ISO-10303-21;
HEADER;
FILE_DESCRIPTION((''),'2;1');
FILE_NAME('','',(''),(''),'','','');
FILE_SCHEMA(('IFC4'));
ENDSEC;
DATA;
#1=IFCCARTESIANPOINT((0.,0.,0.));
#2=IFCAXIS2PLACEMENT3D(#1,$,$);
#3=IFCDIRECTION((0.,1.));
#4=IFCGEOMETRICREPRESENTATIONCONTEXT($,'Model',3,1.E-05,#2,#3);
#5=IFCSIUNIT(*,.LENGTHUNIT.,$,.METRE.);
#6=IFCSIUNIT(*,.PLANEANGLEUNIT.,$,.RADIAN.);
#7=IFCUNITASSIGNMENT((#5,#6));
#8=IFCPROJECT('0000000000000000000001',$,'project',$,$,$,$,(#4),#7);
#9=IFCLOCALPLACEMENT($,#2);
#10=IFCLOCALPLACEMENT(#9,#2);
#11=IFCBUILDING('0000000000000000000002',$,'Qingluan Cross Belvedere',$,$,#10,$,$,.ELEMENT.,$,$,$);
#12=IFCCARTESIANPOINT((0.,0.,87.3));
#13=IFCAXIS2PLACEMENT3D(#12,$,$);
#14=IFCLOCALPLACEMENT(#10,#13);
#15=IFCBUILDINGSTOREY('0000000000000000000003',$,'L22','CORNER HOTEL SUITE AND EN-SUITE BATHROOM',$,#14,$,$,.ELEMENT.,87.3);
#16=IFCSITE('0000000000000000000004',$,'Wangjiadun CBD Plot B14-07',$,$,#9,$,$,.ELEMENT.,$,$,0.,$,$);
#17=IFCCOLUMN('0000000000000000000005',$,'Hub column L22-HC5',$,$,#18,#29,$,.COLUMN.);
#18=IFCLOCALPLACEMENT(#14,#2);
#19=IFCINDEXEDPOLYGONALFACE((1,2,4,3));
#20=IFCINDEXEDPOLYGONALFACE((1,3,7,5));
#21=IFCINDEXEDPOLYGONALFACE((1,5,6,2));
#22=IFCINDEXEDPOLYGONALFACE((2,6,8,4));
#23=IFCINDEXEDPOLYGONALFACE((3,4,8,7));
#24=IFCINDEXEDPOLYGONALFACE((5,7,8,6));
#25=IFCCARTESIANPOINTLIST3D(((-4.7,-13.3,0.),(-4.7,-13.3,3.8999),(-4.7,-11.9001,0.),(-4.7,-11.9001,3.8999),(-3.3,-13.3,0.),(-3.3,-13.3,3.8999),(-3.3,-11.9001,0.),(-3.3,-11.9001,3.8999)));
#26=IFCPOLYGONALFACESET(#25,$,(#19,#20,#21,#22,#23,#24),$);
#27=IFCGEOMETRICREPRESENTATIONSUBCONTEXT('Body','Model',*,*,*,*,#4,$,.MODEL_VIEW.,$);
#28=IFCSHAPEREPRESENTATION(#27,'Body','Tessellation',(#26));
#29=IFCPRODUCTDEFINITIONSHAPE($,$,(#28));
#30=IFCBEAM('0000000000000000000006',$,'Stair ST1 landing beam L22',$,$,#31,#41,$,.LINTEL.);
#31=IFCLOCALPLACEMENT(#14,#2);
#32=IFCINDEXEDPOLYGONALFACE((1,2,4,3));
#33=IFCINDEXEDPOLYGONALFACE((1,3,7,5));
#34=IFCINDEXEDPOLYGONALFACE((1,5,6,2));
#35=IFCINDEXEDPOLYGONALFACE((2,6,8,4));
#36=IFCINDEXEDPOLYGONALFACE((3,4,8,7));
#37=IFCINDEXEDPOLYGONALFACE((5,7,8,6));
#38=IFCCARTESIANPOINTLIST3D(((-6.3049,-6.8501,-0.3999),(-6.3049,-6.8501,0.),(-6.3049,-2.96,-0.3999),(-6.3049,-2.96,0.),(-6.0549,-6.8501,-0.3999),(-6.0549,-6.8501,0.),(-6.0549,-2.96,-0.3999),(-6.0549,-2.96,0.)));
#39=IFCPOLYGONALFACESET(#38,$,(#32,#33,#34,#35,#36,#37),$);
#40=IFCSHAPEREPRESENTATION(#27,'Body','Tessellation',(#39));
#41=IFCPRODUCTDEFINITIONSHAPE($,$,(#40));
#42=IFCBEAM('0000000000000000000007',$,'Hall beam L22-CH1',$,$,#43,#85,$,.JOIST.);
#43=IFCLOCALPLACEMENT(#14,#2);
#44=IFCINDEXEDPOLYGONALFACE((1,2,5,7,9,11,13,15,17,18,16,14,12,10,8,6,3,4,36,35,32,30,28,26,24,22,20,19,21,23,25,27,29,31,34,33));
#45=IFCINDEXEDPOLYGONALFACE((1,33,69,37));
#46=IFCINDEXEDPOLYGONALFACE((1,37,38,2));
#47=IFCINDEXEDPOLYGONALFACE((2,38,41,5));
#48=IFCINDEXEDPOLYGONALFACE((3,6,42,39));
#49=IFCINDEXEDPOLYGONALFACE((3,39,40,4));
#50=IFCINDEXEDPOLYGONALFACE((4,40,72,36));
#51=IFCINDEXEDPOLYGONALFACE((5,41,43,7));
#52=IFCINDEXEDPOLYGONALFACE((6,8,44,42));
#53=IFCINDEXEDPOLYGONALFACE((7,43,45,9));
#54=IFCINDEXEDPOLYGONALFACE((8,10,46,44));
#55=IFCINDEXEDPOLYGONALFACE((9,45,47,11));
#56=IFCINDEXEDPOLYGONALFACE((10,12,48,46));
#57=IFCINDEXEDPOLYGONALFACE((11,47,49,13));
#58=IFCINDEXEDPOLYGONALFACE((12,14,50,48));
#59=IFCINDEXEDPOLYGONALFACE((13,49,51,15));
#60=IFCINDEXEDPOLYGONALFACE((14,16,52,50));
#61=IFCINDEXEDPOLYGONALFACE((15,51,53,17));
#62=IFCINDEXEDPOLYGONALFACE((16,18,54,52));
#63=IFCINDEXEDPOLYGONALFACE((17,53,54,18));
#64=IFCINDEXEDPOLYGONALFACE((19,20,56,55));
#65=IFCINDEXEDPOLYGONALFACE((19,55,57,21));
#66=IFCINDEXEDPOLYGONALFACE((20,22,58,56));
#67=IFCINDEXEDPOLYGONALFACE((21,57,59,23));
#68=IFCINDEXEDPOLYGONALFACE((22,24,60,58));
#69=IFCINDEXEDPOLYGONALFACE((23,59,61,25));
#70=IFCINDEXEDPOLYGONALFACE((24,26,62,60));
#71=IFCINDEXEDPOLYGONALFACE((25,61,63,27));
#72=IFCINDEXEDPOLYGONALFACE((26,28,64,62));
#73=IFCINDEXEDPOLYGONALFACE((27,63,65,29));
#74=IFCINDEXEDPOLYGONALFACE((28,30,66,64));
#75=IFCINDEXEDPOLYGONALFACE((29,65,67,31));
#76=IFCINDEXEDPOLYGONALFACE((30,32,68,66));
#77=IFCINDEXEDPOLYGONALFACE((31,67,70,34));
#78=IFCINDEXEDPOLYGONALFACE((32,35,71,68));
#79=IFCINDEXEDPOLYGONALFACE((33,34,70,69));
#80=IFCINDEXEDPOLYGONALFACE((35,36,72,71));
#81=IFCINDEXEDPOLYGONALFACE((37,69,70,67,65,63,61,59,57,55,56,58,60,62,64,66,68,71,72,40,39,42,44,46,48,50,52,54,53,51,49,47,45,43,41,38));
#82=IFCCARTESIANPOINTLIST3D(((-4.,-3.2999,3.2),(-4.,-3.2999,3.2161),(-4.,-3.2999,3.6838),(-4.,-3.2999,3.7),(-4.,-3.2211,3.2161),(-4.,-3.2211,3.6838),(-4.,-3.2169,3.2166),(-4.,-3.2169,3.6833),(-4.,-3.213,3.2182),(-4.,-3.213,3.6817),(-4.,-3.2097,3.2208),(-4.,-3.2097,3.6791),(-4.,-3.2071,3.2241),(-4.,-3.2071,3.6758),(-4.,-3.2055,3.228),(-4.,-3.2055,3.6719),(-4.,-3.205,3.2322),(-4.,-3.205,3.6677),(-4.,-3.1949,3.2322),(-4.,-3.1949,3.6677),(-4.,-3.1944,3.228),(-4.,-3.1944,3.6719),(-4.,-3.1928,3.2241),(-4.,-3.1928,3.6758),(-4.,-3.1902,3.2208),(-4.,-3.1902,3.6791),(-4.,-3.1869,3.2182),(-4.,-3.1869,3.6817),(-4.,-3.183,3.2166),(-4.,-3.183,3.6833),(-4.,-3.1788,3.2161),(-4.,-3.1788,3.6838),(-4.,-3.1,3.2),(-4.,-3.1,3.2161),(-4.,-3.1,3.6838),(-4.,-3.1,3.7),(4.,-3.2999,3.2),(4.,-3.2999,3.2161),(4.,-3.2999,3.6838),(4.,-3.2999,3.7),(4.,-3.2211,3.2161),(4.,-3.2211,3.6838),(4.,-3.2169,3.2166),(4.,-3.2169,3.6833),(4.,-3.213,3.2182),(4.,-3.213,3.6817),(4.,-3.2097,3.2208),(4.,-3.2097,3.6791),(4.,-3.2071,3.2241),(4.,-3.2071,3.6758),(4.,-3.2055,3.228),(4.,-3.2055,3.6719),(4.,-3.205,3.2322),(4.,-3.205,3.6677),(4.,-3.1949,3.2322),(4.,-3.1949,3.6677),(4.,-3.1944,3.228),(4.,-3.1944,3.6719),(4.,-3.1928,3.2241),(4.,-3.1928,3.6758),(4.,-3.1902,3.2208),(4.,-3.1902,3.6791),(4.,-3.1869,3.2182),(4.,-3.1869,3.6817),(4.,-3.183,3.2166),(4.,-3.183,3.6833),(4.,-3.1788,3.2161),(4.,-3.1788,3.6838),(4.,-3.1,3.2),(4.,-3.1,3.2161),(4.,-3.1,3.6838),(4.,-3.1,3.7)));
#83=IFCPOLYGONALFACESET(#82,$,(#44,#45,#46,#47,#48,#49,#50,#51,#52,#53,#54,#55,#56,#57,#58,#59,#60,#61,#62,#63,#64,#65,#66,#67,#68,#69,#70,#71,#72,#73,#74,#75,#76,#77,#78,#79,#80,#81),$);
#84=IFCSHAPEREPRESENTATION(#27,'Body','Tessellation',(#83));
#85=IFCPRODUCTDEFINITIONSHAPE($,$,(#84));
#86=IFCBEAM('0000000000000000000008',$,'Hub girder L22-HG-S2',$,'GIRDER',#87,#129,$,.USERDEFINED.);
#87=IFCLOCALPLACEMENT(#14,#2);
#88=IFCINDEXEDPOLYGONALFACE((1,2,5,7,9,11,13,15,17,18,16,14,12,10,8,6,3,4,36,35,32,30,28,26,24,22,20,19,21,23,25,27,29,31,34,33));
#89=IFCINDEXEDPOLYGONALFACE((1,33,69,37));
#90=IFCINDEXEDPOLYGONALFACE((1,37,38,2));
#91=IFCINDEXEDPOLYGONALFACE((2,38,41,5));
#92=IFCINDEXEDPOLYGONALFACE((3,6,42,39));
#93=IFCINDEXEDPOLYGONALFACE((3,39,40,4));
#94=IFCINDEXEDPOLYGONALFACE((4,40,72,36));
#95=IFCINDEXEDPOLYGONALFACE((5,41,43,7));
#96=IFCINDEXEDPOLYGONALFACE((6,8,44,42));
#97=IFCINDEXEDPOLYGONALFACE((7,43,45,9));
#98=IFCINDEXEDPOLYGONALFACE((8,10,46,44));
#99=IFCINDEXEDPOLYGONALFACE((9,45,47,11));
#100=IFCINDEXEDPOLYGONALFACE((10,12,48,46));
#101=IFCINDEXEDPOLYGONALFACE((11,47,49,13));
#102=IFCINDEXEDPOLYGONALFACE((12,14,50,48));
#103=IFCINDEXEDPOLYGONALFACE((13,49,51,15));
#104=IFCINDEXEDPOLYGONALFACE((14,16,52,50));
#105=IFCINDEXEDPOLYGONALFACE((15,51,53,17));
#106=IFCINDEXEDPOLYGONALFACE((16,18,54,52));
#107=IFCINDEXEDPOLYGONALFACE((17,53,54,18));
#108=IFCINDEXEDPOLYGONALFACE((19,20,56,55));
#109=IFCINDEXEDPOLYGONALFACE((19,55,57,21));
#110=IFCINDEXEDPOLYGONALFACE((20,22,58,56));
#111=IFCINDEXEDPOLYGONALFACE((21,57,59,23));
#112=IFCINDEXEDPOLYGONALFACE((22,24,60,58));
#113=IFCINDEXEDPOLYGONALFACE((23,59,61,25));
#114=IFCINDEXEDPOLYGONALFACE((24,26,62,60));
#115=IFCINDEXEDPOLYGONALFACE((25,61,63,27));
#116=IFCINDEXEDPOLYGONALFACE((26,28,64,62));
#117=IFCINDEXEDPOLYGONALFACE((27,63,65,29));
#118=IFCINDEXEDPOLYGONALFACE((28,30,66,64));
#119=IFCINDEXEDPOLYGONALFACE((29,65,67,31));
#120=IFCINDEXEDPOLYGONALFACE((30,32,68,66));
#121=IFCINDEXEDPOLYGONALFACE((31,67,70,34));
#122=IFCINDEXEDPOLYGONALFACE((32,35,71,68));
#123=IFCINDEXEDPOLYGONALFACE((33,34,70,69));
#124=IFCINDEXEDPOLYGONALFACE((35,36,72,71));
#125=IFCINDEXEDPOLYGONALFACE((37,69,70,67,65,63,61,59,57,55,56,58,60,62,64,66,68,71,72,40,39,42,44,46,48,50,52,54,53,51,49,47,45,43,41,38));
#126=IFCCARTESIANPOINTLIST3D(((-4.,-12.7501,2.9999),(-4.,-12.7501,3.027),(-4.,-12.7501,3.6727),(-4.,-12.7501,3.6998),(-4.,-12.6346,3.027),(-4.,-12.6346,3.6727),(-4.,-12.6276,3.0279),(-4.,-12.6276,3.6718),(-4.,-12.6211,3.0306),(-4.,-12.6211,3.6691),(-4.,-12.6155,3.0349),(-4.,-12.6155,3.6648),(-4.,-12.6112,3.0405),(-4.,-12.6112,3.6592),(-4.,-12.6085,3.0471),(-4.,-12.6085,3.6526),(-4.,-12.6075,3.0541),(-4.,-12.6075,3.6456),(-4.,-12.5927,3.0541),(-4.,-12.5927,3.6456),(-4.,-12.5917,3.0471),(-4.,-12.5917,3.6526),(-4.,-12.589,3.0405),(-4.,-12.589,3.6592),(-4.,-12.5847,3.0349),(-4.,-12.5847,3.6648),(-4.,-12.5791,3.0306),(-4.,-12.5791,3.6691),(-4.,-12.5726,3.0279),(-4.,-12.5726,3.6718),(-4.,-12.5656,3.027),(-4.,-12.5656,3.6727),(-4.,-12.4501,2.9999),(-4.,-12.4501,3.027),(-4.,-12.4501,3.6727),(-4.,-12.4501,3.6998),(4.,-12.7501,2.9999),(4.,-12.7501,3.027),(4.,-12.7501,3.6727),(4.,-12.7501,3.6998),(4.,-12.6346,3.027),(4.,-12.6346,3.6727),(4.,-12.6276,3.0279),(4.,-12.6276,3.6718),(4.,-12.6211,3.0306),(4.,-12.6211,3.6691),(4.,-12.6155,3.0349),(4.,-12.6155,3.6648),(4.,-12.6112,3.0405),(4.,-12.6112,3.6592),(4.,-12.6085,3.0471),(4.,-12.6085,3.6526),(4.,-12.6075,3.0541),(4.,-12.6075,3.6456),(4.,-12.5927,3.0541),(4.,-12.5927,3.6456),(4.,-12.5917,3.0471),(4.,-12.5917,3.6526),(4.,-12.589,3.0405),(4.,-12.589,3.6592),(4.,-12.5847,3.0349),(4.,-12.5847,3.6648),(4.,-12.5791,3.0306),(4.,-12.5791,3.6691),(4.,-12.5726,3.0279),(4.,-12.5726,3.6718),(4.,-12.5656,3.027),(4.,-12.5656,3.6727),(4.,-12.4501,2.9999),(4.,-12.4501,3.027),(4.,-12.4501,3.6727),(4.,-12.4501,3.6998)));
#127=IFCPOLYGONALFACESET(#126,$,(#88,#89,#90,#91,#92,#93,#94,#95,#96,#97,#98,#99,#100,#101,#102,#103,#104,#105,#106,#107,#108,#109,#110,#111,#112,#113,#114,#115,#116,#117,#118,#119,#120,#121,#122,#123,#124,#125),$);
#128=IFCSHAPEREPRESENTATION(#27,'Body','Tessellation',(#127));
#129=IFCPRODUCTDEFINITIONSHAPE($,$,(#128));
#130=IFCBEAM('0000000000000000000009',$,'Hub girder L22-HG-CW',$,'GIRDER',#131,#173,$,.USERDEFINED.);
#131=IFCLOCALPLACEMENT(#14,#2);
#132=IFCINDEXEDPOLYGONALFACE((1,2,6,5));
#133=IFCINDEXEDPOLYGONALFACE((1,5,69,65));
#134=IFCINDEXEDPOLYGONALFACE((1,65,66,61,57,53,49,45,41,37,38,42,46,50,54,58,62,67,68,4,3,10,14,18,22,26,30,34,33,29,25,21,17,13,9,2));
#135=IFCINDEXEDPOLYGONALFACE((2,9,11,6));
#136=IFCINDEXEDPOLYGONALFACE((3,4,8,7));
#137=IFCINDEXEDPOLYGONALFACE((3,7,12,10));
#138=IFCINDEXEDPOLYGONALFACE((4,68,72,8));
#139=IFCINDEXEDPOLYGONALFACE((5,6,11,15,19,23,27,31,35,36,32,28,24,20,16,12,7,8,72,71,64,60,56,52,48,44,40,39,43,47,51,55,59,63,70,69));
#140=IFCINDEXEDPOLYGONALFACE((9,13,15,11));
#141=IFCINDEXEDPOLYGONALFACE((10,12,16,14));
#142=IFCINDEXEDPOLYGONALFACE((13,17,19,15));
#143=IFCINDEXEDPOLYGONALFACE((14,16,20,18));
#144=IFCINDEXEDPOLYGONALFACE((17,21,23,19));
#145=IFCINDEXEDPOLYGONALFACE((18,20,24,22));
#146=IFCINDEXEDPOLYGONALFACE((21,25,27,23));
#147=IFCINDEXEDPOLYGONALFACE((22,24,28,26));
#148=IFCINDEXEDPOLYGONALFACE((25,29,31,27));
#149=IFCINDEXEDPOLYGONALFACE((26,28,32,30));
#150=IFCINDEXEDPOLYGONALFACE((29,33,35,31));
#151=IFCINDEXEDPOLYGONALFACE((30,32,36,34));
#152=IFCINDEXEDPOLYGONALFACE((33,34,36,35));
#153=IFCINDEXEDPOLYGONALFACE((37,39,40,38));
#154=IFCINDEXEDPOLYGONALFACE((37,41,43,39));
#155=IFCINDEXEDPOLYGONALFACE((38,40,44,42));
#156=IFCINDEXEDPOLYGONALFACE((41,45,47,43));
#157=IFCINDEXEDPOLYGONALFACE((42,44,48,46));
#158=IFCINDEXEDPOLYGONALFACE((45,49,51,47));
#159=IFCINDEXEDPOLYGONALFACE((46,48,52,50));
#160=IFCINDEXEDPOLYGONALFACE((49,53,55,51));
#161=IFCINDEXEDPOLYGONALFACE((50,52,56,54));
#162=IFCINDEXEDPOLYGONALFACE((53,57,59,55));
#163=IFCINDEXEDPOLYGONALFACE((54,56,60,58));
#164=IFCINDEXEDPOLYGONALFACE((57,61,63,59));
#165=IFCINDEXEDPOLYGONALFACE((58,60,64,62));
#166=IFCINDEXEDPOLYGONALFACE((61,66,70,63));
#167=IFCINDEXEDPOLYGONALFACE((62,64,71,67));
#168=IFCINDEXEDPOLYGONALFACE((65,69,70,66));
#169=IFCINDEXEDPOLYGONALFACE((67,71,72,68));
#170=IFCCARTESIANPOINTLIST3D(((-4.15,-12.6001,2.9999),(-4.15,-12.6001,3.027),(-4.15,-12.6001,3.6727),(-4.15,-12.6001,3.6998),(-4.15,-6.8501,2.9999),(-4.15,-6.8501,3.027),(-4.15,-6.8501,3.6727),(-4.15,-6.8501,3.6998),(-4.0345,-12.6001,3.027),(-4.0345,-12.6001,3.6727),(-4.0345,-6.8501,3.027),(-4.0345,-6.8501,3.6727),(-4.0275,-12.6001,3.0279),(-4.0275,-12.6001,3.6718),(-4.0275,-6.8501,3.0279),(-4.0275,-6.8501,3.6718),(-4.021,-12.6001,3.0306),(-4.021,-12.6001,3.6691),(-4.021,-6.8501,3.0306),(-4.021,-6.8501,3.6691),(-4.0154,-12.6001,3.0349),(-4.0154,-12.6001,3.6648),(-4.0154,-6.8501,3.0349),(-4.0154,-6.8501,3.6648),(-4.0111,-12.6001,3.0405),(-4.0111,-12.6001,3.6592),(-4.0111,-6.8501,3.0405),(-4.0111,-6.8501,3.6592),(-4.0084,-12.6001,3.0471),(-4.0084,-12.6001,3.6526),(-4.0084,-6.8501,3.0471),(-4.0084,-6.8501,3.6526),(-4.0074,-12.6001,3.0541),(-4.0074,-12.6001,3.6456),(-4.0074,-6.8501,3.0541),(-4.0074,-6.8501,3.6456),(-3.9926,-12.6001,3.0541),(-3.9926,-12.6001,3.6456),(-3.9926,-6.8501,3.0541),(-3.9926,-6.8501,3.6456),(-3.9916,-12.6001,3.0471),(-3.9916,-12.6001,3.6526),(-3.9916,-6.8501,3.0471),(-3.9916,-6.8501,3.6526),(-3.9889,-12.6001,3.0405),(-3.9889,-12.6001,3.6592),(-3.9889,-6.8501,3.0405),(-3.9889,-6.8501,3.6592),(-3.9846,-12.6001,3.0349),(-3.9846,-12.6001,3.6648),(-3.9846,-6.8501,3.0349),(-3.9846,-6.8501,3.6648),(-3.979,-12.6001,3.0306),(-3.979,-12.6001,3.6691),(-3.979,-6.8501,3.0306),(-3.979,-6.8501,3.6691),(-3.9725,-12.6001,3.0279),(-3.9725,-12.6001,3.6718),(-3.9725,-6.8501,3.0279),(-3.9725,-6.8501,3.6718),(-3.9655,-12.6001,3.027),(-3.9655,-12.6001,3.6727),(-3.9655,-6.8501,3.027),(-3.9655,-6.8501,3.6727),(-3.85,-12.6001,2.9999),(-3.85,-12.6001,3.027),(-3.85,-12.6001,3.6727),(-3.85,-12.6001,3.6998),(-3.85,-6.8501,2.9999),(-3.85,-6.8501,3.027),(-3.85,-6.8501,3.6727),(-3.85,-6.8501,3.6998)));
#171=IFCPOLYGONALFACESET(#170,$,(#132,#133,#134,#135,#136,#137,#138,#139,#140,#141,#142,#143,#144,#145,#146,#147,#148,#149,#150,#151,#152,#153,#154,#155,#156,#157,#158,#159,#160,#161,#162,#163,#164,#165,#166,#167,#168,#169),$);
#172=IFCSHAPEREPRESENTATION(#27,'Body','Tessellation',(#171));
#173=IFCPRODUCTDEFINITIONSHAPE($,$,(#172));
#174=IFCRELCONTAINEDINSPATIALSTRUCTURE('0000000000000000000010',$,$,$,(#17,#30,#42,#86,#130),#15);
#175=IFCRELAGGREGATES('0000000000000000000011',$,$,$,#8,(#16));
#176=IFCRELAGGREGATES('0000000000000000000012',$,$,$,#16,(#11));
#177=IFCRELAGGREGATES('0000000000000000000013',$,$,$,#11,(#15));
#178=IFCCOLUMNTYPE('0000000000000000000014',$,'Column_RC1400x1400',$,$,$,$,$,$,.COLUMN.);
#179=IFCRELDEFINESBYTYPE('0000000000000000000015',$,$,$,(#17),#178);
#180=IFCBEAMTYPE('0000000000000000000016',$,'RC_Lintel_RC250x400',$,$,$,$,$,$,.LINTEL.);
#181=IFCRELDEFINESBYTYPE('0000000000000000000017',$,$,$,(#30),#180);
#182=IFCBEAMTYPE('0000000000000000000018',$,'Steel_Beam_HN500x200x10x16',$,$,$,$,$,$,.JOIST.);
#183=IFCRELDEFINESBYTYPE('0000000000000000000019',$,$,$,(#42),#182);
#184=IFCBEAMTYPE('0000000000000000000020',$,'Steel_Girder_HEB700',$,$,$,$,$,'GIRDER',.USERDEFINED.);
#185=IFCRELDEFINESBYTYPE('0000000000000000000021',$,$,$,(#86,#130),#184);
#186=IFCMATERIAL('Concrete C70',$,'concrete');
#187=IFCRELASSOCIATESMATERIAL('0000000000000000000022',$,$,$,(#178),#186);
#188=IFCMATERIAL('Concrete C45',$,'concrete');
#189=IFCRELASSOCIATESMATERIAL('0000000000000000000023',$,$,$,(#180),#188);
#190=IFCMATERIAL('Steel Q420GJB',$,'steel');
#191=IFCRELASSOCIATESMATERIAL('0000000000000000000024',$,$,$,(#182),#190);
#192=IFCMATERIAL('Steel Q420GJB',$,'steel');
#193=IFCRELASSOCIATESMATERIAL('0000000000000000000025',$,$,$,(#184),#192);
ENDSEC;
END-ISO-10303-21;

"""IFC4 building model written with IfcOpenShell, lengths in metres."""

from ifc_helpers import new_model, si_unit, direction, frame, origin, origin_2d, place, context, subcontext, project, spatial, rectangle, i_section, extrude, material, material_profile, profile_set, type_object, element, save


model = new_model("IFC4")

# Units and contexts
model_context = context("Model", 3, precision=1e-05, world=origin(), true_north=direction((0.0, 1.0)))
body_context = subcontext(model_context, "Body", "Model", "MODEL_VIEW")
ifc_project = project(units=[si_unit("LENGTHUNIT", "METRE"), si_unit("PLANEANGLEUNIT", "RADIAN")], contexts=[model_context])

# Site, building, storey
site_placement = place(None, origin())
site = spatial("IfcSite", under=ifc_project, at=site_placement, Name="Wangjiadun CBD Plot B14-07", CompositionType="ELEMENT", RefElevation=0.0)
building_placement = place(site_placement, origin())
building = spatial("IfcBuilding", under=site, at=building_placement, Name="Qingluan Cross Belvedere", CompositionType="ELEMENT")
storey_placement = place(building_placement, frame((0.0, 0.0, 87.3)))
storey = spatial("IfcBuildingStorey", under=building, at=storey_placement, Name="L22", Description="CORNER HOTEL SUITE AND EN-SUITE BATHROOM", CompositionType="ELEMENT", Elevation=87.3)

# Column
ifc_material_1 = material(Name="Concrete C70", Category="concrete")
ifc_material_profile_1 = material_profile(ifc_material_1, rectangle(XDim=1.3999, YDim=1.3999, at=origin_2d()), Name="RC1400x1400")
ifc_profile_set_1 = profile_set([ifc_material_profile_1], Name="Concrete C70")
column_type = type_object("IfcColumnType", Name="Column_RC1400x1400", PredefinedType="COLUMN", material=ifc_profile_set_1)
column_placement = place(storey_placement, frame((-4.0, -12.6001, 0.0), z_axis=(0.0, 0.0, 1.0), x_axis=(1.0, 0.0, 0.0)))
element("IfcColumn", 1, at=column_placement, inside=storey, type_object=column_type, Name="Hub column L22-HC5", PredefinedType="COLUMN", context=body_context, shape_type="SweptSolid", body=[
    extrude(rectangle(XDim=1.3999, YDim=1.3999, at=origin_2d()), origin(), (0.0, 0.0, 1.0), 3.8999),
])

# Beams
ifc_material_2 = material(Name="Concrete C45", Category="concrete")
ifc_material_profile_2 = material_profile(ifc_material_2, rectangle(XDim=0.25, YDim=0.3999, at=origin_2d()), Name="RC250x400")
ifc_profile_set_2 = profile_set([ifc_material_profile_2], Name="Concrete C45")
beam_type_1 = type_object("IfcBeamType", Name="RC_Lintel_RC250x400", PredefinedType="LINTEL", material=ifc_profile_set_2)
beam_1_placement = place(storey_placement, frame((-6.1799, -6.8501, -0.2), z_axis=(0.0, 1.0, 0.0), x_axis=(-1.0, 0.0, 0.0)))
element("IfcBeam", 2, at=beam_1_placement, inside=storey, type_object=beam_type_1, Name="Stair ST1 landing beam L22", PredefinedType="LINTEL", context=body_context, shape_type="SweptSolid", body=[
    extrude(rectangle(XDim=0.25, YDim=0.3999, at=origin_2d()), origin(), (0.0, 0.0, 1.0), 3.8901),
])
ifc_material_3 = material(Name="Steel Q420GJB", Category="steel")
ifc_material_profile_3 = material_profile(ifc_material_3, i_section(OverallWidth=0.2, OverallDepth=0.5, WebThickness=0.01, FlangeThickness=0.0161, FilletRadius=0.0161, at=origin_2d()), Name="HN500x200x10x16")
ifc_profile_set_3 = profile_set([ifc_material_profile_3], Name="Steel Q420GJB")
beam_type_2 = type_object("IfcBeamType", Name="Steel_Beam_HN500x200x10x16", PredefinedType="JOIST", material=ifc_profile_set_3)
beam_2_placement = place(storey_placement, frame((-4.0, -3.2, 3.45), z_axis=(1.0, 0.0, 0.0), x_axis=(0.0, 1.0, 0.0)))
element("IfcBeam", 3, at=beam_2_placement, inside=storey, type_object=beam_type_2, Name="Hall beam L22-CH1", PredefinedType="JOIST", context=body_context, shape_type="SweptSolid", body=[
    extrude(i_section(OverallWidth=0.2, OverallDepth=0.5, WebThickness=0.01, FlangeThickness=0.0161, FilletRadius=0.0161, at=origin_2d()), origin(), (0.0, 0.0, 1.0), 8.0),
])
ifc_material_4 = material(Name="Steel Q420GJB", Category="steel")
ifc_material_profile_4 = material_profile(ifc_material_4, i_section(OverallWidth=0.3, OverallDepth=0.7, WebThickness=0.0149, FlangeThickness=0.0271, FilletRadius=0.0271, at=origin_2d()), Name="HEB700")
ifc_profile_set_4 = profile_set([ifc_material_profile_4], Name="Steel Q420GJB")
beam_type_3 = type_object("IfcBeamType", Name="Steel_Girder_HEB700", ElementType="GIRDER", PredefinedType="USERDEFINED", material=ifc_profile_set_4)
beam_3_placement = place(storey_placement, frame((-4.0, -12.6001, 3.3499), z_axis=(1.0, 0.0, 0.0), x_axis=(0.0, 1.0, 0.0)))
element("IfcBeam", 4, at=beam_3_placement, inside=storey, type_object=beam_type_3, Name="Hub girder L22-HG-S2", ObjectType="GIRDER", PredefinedType="USERDEFINED", context=body_context, shape_type="SweptSolid", body=[
    extrude(i_section(OverallWidth=0.3, OverallDepth=0.7, WebThickness=0.0149, FlangeThickness=0.0271, FilletRadius=0.0271, at=origin_2d()), origin(), (0.0, 0.0, 1.0), 8.0),
])
beam_4_placement = place(storey_placement, frame((-4.0, -12.6001, 3.3499), z_axis=(0.0, 1.0, 0.0), x_axis=(-1.0, 0.0, 0.0)))
element("IfcBeam", 5, at=beam_4_placement, inside=storey, type_object=beam_type_3, Name="Hub girder L22-HG-CW", ObjectType="GIRDER", PredefinedType="USERDEFINED", context=body_context, shape_type="SweptSolid", body=[
    extrude(i_section(OverallWidth=0.3, OverallDepth=0.7, WebThickness=0.0149, FlangeThickness=0.0271, FilletRadius=0.0271, at=origin_2d()), origin(), (0.0, 0.0, 1.0), 5.75),
])

save(model, "model.ifc")
